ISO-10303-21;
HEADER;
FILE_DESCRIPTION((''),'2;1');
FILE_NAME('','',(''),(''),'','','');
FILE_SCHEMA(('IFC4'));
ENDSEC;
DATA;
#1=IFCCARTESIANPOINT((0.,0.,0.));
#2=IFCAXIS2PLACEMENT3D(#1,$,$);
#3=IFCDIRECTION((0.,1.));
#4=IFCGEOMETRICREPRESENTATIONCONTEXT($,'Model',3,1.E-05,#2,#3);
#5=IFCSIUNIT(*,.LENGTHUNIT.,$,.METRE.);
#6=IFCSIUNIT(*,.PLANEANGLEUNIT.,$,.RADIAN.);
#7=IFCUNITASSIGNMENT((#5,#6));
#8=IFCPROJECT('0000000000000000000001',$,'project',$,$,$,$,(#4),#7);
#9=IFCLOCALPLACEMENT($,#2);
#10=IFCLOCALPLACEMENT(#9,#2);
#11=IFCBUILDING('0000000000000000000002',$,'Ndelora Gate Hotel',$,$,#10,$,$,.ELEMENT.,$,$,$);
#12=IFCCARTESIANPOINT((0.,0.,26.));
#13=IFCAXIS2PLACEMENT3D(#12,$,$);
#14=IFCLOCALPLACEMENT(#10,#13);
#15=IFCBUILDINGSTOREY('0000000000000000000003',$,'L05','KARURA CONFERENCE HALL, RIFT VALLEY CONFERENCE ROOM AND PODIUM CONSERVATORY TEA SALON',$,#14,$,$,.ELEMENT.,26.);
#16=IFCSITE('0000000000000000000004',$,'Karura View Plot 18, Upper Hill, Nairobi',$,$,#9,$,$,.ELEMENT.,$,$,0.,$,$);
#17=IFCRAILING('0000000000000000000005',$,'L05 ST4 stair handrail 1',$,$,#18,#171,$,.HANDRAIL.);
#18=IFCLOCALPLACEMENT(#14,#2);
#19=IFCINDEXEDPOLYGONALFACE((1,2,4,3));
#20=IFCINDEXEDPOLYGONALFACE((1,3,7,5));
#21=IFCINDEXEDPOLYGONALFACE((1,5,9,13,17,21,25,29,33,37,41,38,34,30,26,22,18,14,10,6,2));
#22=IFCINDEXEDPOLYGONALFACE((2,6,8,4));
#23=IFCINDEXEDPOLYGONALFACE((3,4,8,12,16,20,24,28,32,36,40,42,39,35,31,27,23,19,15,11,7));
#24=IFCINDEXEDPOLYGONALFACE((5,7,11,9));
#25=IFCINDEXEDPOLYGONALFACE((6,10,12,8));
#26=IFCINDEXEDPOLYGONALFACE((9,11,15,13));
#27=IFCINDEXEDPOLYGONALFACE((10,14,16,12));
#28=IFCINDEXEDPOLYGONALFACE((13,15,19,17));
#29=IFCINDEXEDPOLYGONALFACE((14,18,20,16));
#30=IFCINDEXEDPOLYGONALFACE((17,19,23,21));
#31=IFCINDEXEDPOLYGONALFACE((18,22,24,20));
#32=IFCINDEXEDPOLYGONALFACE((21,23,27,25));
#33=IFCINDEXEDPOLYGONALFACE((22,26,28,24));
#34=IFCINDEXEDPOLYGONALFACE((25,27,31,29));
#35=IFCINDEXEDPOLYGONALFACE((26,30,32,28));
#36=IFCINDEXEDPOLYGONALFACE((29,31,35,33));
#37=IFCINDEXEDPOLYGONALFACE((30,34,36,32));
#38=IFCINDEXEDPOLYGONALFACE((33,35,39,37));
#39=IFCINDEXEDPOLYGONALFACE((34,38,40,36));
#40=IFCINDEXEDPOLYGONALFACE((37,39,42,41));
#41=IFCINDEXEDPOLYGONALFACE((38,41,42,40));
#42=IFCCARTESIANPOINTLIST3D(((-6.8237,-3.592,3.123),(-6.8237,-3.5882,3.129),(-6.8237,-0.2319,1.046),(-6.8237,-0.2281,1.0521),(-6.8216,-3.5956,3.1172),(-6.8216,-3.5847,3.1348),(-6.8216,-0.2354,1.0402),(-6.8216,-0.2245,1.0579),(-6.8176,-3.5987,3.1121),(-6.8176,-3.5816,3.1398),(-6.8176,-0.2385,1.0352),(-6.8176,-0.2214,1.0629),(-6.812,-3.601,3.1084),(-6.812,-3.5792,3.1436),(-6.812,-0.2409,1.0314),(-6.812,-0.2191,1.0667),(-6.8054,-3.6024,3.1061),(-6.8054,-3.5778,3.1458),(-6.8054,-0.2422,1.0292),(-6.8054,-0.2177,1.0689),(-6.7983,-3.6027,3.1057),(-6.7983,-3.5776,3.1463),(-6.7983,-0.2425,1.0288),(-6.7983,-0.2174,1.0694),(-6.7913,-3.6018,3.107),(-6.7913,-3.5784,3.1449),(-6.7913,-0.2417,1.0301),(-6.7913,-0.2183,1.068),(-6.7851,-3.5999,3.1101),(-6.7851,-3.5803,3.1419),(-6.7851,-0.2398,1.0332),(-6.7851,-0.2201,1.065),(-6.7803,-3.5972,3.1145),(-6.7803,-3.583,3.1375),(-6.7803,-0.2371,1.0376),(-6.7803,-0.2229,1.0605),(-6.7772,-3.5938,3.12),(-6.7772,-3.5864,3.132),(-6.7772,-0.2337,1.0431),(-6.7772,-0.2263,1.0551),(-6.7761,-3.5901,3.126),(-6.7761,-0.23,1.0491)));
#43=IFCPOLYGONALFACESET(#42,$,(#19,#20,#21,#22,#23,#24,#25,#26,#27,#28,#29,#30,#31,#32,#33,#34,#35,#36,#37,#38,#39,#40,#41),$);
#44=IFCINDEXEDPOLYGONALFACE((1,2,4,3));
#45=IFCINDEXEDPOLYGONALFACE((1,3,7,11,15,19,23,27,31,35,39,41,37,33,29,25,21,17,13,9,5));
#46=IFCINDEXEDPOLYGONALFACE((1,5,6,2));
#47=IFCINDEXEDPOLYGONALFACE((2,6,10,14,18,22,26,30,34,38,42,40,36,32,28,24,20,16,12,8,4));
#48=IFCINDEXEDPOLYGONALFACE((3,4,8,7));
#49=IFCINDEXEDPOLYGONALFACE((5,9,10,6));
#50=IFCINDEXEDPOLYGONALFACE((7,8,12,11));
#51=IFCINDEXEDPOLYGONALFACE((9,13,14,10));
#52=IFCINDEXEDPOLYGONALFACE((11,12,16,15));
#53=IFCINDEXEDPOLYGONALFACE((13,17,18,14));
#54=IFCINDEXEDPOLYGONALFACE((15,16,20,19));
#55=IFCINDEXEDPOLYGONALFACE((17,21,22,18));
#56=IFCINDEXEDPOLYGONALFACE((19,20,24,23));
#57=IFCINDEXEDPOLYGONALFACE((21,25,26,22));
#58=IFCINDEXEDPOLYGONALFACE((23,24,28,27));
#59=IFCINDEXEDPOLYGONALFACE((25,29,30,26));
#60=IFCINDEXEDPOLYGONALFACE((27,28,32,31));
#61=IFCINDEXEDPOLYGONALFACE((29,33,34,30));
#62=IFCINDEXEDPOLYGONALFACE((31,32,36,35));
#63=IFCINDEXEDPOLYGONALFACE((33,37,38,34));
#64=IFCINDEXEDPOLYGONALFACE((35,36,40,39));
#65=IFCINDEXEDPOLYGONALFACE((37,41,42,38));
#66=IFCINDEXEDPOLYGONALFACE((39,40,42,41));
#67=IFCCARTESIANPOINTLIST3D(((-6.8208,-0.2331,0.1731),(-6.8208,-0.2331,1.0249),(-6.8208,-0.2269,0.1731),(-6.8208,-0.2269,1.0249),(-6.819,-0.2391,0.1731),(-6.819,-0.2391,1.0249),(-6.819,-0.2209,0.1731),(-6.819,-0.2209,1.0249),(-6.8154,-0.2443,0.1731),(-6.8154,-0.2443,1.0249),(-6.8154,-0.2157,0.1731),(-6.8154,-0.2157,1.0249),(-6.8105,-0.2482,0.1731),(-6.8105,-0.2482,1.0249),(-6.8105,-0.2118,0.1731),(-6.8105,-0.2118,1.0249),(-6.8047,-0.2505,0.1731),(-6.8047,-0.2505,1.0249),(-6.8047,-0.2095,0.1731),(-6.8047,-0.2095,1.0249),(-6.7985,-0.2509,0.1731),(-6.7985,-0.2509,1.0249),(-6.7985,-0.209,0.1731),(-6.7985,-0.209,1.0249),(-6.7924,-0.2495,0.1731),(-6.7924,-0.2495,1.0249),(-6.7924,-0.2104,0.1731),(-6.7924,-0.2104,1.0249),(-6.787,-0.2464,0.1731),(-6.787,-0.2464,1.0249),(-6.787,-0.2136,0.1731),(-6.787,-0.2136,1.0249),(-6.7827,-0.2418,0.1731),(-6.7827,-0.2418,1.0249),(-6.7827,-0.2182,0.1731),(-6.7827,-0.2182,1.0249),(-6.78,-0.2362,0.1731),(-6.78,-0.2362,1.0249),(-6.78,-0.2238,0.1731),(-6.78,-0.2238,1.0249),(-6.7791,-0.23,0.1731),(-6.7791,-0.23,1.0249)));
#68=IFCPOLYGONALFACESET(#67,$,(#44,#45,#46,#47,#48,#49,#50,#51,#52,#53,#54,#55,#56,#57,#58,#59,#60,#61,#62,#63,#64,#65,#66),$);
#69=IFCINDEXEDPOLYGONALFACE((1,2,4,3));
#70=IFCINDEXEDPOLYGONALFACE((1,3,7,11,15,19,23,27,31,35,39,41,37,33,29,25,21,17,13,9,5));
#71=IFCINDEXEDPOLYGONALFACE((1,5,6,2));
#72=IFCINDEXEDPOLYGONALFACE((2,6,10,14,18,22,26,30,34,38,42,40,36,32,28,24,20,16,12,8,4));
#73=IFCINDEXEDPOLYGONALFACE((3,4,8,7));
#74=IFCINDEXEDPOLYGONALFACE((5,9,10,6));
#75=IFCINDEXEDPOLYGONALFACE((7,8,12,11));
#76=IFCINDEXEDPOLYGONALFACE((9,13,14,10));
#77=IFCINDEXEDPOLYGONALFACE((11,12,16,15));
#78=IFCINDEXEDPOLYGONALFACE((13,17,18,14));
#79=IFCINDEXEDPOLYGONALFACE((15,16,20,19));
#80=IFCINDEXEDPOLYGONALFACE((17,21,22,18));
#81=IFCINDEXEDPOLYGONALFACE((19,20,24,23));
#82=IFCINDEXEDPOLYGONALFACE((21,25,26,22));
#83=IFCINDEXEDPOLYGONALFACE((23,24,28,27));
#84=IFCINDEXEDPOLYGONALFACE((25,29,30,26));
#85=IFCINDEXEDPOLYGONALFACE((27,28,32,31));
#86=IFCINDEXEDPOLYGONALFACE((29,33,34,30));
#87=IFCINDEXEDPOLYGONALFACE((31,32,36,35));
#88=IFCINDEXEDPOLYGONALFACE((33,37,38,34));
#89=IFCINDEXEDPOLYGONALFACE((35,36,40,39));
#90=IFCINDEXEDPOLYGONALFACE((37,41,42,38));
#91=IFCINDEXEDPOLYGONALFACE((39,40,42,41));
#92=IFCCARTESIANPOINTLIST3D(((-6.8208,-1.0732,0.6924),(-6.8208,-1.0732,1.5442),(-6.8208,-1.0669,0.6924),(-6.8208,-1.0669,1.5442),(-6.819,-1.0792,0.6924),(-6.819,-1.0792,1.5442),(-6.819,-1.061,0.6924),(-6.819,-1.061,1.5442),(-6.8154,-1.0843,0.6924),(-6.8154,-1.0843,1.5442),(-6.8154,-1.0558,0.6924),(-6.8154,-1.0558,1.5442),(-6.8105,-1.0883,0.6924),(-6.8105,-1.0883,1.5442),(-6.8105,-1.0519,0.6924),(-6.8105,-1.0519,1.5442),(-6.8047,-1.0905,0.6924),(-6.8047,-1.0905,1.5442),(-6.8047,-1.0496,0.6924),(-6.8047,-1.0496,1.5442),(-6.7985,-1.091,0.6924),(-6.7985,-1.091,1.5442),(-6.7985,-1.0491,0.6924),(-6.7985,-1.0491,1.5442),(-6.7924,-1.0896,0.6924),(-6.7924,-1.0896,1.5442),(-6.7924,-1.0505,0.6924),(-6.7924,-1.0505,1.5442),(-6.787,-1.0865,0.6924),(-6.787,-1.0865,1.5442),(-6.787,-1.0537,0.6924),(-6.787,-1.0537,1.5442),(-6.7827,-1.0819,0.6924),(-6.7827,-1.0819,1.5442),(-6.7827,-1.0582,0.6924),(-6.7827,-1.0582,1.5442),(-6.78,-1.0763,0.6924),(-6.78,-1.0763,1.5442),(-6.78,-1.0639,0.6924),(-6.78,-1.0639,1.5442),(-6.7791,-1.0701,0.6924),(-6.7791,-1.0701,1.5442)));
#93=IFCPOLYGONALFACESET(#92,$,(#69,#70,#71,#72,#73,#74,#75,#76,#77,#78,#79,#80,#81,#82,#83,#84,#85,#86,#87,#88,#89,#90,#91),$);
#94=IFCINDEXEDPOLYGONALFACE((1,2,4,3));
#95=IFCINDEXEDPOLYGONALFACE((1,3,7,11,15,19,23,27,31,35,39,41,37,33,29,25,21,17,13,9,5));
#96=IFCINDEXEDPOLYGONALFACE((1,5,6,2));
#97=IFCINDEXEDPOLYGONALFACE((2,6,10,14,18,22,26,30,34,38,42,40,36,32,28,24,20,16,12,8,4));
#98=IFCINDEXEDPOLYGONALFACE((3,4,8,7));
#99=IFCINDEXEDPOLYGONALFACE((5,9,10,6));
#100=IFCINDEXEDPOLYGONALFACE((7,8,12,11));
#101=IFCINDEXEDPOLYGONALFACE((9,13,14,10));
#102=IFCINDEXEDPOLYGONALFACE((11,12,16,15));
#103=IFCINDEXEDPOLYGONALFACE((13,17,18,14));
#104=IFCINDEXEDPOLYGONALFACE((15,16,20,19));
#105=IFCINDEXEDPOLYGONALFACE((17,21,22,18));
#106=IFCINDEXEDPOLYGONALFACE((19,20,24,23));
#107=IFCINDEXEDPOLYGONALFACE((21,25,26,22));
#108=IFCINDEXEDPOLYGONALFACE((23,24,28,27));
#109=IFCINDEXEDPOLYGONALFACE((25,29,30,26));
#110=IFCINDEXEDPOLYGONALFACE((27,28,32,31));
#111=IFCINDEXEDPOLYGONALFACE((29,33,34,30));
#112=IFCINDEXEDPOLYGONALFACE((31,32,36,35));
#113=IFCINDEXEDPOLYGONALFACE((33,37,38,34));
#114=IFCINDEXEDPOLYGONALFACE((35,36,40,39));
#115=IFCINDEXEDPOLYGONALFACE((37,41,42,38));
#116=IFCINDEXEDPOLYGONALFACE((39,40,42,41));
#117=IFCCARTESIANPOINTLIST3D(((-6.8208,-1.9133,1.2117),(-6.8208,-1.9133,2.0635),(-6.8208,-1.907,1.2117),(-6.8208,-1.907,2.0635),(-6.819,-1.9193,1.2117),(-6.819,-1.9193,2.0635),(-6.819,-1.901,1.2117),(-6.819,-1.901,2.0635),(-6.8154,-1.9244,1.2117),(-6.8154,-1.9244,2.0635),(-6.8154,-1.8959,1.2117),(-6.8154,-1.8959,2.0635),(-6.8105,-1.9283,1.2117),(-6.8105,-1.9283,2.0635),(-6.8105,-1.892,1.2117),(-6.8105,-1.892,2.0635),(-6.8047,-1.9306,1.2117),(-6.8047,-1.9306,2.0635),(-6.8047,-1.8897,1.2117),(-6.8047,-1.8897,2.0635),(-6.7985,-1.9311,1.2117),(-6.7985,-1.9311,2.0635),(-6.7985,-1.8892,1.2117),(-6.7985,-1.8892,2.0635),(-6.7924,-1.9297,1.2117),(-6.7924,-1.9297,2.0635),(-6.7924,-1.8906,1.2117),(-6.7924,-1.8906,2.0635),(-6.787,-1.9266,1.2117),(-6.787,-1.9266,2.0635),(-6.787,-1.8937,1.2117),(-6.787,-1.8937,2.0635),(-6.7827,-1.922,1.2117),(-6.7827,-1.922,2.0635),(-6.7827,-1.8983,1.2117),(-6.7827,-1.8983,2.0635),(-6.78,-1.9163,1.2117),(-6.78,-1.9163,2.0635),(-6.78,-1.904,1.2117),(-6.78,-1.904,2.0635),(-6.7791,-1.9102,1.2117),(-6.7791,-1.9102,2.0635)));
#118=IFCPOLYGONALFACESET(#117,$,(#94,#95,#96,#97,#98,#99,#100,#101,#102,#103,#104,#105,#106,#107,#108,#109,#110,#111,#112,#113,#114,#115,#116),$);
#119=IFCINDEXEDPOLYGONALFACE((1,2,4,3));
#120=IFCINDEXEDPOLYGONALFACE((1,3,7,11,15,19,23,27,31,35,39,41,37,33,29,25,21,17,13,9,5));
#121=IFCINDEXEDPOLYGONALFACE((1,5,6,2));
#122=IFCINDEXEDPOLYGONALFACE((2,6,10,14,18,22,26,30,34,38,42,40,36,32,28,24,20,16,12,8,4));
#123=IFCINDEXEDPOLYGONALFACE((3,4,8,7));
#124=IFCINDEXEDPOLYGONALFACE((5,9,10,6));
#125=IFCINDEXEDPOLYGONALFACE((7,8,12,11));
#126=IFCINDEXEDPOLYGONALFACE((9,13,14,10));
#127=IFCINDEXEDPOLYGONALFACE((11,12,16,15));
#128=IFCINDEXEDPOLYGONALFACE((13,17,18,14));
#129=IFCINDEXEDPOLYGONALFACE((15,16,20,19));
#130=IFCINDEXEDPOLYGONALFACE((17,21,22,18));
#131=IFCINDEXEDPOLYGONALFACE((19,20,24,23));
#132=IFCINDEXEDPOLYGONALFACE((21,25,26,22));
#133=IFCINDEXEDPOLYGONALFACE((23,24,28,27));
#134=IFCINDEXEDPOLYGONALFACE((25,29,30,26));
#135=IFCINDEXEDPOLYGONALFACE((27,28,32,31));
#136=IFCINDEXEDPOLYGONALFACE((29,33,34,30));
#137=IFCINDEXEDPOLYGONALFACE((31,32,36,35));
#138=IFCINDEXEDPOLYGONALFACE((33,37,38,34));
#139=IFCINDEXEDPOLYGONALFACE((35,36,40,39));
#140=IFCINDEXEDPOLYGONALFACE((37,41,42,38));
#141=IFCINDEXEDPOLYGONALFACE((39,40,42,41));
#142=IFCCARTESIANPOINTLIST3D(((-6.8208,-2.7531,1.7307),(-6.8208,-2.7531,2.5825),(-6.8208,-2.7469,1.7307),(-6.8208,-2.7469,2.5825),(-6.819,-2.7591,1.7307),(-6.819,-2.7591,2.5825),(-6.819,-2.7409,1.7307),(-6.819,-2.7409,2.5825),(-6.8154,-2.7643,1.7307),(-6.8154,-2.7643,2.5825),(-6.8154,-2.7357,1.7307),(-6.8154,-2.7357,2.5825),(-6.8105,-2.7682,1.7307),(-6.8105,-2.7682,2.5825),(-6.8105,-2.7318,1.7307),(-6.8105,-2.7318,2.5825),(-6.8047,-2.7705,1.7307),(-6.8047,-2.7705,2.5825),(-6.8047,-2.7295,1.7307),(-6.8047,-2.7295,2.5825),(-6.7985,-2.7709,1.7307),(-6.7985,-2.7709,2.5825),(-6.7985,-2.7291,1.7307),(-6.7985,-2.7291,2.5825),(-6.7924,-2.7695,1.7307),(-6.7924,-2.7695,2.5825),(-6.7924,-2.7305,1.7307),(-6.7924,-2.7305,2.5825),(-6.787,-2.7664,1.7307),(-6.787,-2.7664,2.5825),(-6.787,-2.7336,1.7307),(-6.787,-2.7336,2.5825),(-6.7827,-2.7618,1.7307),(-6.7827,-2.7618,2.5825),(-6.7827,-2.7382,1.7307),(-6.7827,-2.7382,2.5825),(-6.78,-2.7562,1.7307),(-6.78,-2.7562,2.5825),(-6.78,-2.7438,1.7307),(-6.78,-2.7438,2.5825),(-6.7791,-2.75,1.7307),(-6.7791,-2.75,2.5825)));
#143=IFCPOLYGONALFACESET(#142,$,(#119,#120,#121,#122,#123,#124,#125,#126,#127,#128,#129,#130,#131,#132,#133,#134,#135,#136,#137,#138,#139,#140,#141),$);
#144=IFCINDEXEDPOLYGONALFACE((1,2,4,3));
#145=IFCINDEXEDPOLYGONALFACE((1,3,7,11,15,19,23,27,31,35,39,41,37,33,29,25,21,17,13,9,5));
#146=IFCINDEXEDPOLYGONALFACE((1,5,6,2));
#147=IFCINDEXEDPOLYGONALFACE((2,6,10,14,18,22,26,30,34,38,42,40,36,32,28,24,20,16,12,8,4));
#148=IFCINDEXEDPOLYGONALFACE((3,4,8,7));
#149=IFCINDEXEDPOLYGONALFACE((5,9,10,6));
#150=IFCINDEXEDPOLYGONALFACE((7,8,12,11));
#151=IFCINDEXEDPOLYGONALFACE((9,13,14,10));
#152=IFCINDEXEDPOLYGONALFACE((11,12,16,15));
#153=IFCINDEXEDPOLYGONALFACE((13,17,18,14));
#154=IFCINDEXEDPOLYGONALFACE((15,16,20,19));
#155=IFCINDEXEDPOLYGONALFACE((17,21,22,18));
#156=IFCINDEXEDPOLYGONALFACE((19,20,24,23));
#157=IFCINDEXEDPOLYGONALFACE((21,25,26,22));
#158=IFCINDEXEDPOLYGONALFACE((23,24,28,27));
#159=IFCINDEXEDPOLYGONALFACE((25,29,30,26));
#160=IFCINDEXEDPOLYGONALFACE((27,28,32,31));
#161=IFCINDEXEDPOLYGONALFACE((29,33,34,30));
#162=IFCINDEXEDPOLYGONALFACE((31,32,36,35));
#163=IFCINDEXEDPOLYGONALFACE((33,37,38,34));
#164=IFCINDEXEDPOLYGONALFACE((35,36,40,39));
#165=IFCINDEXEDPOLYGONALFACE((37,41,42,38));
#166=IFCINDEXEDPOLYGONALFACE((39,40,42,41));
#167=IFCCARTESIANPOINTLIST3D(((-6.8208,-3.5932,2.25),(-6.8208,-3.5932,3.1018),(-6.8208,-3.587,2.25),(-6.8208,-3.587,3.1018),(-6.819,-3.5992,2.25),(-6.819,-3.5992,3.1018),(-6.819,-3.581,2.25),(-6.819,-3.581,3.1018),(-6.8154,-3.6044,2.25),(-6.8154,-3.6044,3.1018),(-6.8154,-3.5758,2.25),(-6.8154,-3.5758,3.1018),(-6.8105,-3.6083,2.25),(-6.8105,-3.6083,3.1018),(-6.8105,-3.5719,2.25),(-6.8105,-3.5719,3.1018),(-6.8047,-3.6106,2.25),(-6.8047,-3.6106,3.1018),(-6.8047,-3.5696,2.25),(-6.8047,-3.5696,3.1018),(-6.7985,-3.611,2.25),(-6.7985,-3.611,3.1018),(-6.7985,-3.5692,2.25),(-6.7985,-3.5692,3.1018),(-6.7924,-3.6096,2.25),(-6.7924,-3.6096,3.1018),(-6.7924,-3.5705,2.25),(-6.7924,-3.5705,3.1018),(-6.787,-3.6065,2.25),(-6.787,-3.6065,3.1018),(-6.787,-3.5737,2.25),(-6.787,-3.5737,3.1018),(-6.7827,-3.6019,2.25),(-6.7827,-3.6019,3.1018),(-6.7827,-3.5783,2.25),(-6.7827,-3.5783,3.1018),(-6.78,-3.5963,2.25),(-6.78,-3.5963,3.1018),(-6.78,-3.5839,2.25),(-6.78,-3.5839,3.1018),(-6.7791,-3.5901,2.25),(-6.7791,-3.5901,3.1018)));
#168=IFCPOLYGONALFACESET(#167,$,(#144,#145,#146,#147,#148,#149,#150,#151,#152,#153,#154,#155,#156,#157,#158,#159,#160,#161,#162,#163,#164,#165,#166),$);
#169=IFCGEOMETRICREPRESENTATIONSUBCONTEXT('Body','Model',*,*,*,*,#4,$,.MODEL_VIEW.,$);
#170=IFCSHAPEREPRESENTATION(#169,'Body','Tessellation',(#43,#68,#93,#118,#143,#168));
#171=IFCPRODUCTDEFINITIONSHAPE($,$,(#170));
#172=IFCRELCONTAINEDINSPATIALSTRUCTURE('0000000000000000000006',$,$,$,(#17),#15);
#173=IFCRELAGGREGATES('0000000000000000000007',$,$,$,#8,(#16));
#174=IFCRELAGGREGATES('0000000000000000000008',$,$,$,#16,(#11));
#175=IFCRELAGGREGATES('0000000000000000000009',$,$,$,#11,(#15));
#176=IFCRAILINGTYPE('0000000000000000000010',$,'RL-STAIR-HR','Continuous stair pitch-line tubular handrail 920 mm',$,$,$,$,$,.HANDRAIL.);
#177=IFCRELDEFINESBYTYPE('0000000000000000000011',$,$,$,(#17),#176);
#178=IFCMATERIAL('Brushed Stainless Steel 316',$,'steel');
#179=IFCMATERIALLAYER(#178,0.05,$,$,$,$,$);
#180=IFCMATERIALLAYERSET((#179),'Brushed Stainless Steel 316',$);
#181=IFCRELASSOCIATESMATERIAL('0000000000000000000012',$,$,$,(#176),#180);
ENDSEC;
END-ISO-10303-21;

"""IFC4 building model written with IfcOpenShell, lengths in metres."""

from ifc_helpers import new_model, si_unit, direction, frame, origin, origin_2d, place, context, subcontext, project, spatial, circle, extrude, material, layer, layer_set, type_object, element, save


model = new_model("IFC4")

# Units and contexts
model_context = context("Model", 3, precision=1e-05, world=origin(), true_north=direction((0.0, 1.0)))
body_context = subcontext(model_context, "Body", "Model", "MODEL_VIEW")
ifc_project = project(units=[si_unit("LENGTHUNIT", "METRE"), si_unit("PLANEANGLEUNIT", "RADIAN")], contexts=[model_context])

# Site, building, storey
site_placement = place(None, origin())
site = spatial("IfcSite", under=ifc_project, at=site_placement, Name="Karura View Plot 18, Upper Hill, Nairobi", CompositionType="ELEMENT", RefElevation=0.0)
building_placement = place(site_placement, origin())
building = spatial("IfcBuilding", under=site, at=building_placement, Name="Ndelora Gate Hotel", CompositionType="ELEMENT")
storey_placement = place(building_placement, frame((0.0, 0.0, 26.0)))
storey = spatial("IfcBuildingStorey", under=building, at=storey_placement, Name="L05", Description="KARURA CONFERENCE HALL, RIFT VALLEY CONFERENCE ROOM AND PODIUM CONSERVATORY TEA SALON", CompositionType="ELEMENT", Elevation=26.0)

# Railing
ifc_material_1 = material(Name="Brushed Stainless Steel 316", Category="steel")
ifc_layer_1 = layer(ifc_material_1, 0.05)
ifc_layer_set_1 = layer_set([ifc_layer_1], Name="Brushed Stainless Steel 316")
railing_type_1 = type_object("IfcRailingType", Name="RL-STAIR-HR", Description="Continuous stair pitch-line tubular handrail 920 mm", PredefinedType="HANDRAIL", material=ifc_layer_set_1)
railing_1_placement = place(storey_placement, frame((-6.8, -0.23, 0.1731)))
element("IfcRailing", 1, at=railing_1_placement, inside=storey, type_object=railing_type_1, Name="L05 ST4 stair handrail 1", PredefinedType="HANDRAIL", context=body_context, shape_type="SweptSolid", body=[
    extrude(circle(Radius=0.0239, at=origin_2d()), frame((0.0, 0.0, 0.876), z_axis=(0.0, -0.850623, 0.525776), x_axis=(1.0, 0.0, 0.0)), (0.0, 0.0, 1.0), 3.9502),
    extrude(circle(Radius=0.021, at=origin_2d()), origin(), (0.0, 0.0, 1.0), 0.8518),
    extrude(circle(Radius=0.021, at=origin_2d()), frame((0.0, -0.8401, 0.5193)), (0.0, 0.0, 1.0), 0.8518),
    extrude(circle(Radius=0.021, at=origin_2d()), frame((0.0, -1.6802, 1.0386)), (0.0, 0.0, 1.0), 0.8518),
    extrude(circle(Radius=0.021, at=origin_2d()), frame((0.0, -2.52, 1.5576)), (0.0, 0.0, 1.0), 0.8518),
    extrude(circle(Radius=0.021, at=origin_2d()), frame((0.0, -3.3601, 2.0769)), (0.0, 0.0, 1.0), 0.8518),
])

save(model, "model.ifc")
